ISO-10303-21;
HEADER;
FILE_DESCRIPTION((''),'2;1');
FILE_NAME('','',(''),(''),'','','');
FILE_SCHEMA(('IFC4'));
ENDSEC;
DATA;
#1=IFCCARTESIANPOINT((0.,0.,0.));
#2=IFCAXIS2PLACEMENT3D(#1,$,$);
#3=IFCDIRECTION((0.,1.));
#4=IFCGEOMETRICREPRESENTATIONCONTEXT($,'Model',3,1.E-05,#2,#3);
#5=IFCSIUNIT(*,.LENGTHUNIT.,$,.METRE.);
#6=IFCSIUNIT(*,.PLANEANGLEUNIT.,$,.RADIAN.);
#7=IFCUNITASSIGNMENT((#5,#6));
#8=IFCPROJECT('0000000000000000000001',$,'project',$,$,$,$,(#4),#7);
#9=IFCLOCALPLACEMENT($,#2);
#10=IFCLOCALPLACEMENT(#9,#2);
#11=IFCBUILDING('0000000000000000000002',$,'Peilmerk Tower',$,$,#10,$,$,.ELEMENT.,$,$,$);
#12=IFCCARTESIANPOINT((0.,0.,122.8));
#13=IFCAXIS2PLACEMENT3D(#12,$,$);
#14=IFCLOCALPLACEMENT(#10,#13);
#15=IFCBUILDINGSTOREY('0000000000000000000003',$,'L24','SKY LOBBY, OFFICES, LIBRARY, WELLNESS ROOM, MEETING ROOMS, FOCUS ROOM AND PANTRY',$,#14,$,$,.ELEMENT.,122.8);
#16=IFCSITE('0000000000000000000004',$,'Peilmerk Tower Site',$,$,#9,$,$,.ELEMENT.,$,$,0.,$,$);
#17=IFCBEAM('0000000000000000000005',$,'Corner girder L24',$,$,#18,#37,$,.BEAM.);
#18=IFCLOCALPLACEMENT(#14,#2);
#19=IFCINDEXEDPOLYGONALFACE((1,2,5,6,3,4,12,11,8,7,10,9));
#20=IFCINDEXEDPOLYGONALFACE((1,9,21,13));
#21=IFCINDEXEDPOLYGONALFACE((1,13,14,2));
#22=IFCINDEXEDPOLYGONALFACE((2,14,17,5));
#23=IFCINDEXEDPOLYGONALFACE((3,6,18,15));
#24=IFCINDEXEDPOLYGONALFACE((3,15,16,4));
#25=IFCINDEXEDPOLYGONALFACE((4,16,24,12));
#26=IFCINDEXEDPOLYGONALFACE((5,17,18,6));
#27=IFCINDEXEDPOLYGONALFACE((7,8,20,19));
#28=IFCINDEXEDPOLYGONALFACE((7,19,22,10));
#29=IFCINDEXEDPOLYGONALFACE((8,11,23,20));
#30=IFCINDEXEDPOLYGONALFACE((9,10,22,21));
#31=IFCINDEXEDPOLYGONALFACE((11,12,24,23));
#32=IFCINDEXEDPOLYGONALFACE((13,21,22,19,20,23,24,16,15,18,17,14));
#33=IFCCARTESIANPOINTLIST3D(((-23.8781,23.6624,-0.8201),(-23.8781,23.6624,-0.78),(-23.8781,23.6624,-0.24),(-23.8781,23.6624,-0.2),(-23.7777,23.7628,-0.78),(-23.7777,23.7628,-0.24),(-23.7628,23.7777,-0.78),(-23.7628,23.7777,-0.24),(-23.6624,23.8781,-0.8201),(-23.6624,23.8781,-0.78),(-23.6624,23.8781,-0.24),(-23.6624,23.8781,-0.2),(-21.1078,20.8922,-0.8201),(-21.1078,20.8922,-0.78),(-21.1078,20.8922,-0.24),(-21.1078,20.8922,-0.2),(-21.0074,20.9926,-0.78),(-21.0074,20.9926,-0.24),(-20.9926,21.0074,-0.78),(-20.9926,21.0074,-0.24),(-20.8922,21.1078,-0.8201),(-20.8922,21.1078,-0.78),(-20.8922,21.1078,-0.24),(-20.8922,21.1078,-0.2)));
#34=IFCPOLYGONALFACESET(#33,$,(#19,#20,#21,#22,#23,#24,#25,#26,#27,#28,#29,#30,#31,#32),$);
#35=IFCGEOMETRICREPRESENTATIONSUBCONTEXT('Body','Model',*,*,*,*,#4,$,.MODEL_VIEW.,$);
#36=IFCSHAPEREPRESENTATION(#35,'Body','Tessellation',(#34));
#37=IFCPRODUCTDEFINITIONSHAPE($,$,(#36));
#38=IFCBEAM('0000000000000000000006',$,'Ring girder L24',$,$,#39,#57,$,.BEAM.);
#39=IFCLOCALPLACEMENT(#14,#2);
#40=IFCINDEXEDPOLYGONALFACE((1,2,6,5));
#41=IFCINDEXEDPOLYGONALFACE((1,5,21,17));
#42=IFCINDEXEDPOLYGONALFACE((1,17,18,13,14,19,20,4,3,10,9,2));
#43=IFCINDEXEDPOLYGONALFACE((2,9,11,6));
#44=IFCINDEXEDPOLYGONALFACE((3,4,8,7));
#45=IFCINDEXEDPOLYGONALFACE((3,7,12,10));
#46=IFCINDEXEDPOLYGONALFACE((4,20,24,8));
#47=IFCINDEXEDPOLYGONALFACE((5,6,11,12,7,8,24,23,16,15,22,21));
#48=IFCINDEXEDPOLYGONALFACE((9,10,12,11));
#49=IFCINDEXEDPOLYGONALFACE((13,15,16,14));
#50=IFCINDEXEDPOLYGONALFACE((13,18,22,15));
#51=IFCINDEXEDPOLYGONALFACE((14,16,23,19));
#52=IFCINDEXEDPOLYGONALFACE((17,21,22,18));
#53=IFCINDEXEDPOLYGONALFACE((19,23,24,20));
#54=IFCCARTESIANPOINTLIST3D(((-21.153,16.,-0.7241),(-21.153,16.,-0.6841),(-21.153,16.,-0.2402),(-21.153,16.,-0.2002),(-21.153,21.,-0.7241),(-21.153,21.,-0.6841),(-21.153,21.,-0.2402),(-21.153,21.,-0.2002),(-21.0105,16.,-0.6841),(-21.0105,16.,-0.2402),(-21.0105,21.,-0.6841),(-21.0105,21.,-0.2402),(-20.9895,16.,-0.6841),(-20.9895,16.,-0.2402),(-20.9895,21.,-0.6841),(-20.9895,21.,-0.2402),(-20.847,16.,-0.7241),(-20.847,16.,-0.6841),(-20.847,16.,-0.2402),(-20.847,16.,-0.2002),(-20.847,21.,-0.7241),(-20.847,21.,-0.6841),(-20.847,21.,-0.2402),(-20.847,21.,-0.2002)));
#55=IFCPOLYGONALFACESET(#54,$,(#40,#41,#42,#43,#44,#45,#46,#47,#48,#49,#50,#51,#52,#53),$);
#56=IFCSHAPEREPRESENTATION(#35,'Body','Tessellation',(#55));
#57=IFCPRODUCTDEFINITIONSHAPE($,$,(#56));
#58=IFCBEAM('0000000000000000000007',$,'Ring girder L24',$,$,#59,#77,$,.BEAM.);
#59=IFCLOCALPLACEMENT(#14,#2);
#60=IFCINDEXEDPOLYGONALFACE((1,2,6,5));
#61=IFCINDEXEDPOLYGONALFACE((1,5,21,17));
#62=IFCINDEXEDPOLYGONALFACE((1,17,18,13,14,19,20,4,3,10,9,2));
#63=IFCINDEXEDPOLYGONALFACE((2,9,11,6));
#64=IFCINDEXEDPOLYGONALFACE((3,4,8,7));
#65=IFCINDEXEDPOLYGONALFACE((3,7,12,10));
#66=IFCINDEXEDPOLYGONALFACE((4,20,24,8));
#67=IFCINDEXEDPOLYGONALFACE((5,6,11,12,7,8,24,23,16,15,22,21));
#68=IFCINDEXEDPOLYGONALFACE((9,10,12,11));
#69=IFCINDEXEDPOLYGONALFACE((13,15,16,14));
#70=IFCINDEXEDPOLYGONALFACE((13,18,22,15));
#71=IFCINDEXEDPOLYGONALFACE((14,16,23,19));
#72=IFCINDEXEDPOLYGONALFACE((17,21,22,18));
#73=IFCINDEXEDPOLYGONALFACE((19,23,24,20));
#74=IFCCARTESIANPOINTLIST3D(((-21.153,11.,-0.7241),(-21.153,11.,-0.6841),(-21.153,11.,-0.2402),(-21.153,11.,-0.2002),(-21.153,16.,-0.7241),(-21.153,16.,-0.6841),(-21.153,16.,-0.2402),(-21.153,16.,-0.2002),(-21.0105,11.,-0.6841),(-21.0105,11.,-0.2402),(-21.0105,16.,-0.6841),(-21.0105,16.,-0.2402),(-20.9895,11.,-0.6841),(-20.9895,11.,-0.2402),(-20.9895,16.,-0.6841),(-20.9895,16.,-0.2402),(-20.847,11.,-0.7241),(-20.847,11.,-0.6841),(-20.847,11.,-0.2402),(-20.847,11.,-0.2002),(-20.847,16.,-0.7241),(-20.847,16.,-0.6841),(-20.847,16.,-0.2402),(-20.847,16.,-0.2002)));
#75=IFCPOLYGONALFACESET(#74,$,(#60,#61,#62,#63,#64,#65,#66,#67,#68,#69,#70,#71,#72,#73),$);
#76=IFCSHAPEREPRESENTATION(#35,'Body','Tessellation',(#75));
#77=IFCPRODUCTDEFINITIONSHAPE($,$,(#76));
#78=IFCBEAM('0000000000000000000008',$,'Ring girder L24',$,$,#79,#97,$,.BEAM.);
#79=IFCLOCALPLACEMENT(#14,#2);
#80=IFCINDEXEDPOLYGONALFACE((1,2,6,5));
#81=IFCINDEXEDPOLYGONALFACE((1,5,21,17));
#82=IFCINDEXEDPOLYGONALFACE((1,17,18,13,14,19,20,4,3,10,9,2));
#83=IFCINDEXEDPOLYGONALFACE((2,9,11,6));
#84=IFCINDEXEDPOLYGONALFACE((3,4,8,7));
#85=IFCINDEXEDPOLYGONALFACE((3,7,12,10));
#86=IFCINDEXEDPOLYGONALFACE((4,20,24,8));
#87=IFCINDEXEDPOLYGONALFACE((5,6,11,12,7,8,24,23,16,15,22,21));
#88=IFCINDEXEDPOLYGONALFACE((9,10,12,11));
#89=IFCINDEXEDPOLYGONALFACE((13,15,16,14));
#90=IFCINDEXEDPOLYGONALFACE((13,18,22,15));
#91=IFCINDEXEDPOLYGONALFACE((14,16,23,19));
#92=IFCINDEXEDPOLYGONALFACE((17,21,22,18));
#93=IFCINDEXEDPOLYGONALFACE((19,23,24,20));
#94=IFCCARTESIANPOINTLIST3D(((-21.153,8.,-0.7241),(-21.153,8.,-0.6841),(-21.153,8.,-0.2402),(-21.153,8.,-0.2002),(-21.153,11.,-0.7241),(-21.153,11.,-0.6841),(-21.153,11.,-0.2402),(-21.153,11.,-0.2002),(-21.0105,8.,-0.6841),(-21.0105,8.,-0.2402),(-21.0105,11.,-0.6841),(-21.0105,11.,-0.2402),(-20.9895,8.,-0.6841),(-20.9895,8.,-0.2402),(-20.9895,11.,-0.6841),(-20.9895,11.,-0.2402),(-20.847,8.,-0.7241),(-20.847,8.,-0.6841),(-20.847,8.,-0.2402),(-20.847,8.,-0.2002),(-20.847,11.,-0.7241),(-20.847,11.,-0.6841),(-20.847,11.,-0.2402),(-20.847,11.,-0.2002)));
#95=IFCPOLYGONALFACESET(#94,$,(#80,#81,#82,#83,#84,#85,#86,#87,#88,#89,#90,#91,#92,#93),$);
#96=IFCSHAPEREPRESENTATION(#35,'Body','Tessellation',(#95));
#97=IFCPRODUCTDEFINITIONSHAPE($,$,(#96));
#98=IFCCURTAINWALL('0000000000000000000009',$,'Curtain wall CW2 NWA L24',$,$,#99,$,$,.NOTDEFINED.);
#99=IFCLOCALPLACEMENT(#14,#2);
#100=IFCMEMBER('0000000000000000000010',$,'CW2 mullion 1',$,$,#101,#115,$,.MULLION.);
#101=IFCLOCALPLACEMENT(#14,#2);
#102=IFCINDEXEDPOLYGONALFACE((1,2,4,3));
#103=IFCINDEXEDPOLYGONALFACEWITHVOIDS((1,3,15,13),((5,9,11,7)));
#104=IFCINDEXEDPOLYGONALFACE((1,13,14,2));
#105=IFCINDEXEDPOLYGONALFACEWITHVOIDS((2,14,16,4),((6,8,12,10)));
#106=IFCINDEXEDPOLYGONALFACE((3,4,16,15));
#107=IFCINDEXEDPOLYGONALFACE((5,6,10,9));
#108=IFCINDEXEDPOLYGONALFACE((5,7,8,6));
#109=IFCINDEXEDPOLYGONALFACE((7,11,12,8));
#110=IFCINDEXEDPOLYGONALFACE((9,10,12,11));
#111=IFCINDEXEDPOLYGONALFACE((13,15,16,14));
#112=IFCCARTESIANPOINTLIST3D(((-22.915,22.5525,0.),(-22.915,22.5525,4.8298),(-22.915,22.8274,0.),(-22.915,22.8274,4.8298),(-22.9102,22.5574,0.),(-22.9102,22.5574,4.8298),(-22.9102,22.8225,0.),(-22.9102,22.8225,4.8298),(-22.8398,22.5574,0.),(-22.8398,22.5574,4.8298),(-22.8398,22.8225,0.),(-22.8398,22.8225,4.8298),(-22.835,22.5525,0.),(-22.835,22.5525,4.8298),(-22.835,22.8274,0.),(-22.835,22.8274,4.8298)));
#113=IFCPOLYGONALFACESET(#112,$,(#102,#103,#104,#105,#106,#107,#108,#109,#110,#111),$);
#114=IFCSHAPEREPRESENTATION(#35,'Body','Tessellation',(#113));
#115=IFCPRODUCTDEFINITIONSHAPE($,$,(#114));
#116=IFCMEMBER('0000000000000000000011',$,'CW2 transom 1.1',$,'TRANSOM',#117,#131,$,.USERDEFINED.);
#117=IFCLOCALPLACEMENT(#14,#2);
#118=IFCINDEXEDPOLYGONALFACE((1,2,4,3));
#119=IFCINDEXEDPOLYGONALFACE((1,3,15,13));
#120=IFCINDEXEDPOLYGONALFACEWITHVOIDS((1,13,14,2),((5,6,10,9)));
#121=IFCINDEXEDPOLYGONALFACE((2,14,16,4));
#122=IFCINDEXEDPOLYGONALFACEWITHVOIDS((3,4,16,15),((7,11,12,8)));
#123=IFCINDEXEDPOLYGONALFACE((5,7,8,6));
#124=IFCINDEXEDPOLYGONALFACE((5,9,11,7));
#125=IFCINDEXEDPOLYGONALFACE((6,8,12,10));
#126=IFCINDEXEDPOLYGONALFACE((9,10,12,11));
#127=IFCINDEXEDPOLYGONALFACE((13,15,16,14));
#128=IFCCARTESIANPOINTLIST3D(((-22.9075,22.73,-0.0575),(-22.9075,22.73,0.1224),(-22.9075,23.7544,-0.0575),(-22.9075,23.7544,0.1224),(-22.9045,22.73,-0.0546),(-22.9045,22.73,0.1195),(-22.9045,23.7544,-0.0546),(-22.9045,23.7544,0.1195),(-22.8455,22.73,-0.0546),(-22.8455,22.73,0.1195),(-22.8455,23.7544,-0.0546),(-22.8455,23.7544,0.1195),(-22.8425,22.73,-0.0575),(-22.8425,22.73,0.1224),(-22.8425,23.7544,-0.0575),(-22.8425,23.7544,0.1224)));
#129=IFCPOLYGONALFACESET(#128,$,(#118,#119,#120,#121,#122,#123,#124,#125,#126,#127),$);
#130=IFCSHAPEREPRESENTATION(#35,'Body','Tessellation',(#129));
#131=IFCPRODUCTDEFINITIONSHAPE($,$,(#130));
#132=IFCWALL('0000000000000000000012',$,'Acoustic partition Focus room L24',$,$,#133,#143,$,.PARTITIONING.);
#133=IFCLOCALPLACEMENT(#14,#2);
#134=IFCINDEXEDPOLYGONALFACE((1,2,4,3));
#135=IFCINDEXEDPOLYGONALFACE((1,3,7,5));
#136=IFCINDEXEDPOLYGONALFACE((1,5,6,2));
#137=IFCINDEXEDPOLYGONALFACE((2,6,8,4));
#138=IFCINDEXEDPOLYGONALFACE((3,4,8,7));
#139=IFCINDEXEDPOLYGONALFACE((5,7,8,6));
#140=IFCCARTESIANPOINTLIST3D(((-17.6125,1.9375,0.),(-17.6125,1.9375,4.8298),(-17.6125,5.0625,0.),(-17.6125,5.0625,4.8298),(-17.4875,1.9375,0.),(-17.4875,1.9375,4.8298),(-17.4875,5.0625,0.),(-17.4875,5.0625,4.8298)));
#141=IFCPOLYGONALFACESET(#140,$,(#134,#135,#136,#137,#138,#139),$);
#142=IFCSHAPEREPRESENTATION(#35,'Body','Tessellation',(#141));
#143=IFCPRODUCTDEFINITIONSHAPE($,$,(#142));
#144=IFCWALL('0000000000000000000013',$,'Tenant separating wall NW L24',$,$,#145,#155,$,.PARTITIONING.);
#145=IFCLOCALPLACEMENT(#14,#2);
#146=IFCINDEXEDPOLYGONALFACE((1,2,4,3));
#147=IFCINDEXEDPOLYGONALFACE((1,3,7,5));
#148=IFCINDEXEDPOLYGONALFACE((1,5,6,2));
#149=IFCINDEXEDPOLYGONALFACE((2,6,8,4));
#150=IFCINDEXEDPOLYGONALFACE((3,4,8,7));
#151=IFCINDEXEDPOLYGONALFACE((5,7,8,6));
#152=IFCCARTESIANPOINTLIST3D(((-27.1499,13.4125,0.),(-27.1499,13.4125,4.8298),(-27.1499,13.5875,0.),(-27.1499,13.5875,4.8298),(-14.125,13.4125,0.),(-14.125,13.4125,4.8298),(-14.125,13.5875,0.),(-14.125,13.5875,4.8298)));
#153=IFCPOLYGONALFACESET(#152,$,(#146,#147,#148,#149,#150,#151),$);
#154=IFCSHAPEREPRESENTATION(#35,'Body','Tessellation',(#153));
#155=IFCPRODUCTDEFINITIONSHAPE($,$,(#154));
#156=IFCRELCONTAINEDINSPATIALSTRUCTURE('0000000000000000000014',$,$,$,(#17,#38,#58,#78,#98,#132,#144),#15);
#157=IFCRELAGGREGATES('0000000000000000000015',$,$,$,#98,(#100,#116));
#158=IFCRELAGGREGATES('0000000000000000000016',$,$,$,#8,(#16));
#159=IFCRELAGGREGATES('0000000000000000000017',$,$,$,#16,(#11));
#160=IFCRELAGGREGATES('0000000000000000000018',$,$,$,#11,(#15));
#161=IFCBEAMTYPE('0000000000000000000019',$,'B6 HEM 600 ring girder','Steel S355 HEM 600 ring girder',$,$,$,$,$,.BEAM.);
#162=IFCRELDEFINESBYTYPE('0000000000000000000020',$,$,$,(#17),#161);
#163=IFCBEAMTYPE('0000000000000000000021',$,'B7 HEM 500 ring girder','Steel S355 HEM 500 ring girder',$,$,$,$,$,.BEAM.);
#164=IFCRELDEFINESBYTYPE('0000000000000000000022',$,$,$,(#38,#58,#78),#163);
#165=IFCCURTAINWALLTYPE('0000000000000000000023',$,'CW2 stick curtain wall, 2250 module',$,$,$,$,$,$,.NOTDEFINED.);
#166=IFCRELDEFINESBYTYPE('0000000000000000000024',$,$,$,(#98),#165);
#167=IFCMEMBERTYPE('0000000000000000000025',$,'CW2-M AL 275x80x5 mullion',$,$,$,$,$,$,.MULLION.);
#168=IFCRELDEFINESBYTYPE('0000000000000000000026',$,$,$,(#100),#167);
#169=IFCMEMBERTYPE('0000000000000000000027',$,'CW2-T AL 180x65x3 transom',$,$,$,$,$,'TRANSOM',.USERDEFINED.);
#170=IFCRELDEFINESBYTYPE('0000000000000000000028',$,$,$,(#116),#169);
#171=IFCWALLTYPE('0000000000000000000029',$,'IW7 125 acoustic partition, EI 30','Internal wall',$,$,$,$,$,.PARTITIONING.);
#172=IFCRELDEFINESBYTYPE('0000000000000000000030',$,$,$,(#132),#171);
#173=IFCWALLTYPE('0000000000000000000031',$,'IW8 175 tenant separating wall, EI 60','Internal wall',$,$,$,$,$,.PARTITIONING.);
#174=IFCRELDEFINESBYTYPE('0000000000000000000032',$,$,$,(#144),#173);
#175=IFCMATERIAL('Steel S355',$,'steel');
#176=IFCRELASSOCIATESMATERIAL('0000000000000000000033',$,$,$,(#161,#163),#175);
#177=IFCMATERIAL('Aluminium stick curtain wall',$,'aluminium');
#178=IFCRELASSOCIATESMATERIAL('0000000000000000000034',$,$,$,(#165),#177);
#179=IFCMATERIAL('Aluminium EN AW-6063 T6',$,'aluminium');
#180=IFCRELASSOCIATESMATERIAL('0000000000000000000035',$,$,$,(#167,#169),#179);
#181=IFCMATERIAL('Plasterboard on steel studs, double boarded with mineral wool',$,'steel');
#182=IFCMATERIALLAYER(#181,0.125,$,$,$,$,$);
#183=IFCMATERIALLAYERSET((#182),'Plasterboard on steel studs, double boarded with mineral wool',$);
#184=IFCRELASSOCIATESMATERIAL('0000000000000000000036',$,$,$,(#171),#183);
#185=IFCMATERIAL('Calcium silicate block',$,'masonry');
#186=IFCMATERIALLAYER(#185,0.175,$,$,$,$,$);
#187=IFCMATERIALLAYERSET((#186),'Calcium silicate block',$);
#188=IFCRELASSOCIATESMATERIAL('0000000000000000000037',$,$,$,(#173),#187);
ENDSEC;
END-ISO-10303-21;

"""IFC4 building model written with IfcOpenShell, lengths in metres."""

from ifc_helpers import new_model, si_unit, direction, frame, frame_2d, origin, origin_2d, place, context, subcontext, project, spatial, rectangle, hollow_rectangle, i_section, extrude, material, layer, layer_set, material_profile, profile_set, type_object, element, aggregate, save


model = new_model("IFC4")

# Units and contexts
model_context = context("Model", 3, precision=1e-05, world=origin(), true_north=direction((0.0, 1.0)))
body_context = subcontext(model_context, "Body", "Model", "MODEL_VIEW")
ifc_project = project(units=[si_unit("LENGTHUNIT", "METRE"), si_unit("PLANEANGLEUNIT", "RADIAN")], contexts=[model_context])

# Site, building, storey
site_placement = place(None, origin())
site = spatial("IfcSite", under=ifc_project, at=site_placement, Name="Peilmerk Tower Site", CompositionType="ELEMENT", RefElevation=0.0)
building_placement = place(site_placement, origin())
building = spatial("IfcBuilding", under=site, at=building_placement, Name="Peilmerk Tower", CompositionType="ELEMENT")
storey_placement = place(building_placement, frame((0.0, 0.0, 122.8)))
storey = spatial("IfcBuildingStorey", under=building, at=storey_placement, Name="L24", Description="SKY LOBBY, OFFICES, LIBRARY, WELLNESS ROOM, MEETING ROOMS, FOCUS ROOM AND PANTRY", CompositionType="ELEMENT", Elevation=122.8)

# Beams
ifc_material_1 = material(Name="Steel S355", Category="steel")
ifc_material_profile_1 = material_profile(ifc_material_1, i_section(OverallWidth=0.3049, OverallDepth=0.6201, WebThickness=0.021, FlangeThickness=0.04, at=origin_2d()), Name="HEM 600")
ifc_profile_set_1 = profile_set([ifc_material_profile_1], Name="Steel S355")
beam_type_1 = type_object("IfcBeamType", Name="B6 HEM 600 ring girder", Description="Steel S355 HEM 600 ring girder", PredefinedType="BEAM", material=ifc_profile_set_1)
beam_1_placement = place(storey_placement, frame((-21.0, 21.0, -0.51), z_axis=(-0.707107, 0.707107, 0.0), x_axis=(-0.707107, -0.707107, 0.0)))
element("IfcBeam", 1, at=beam_1_placement, inside=storey, type_object=beam_type_1, Name="Corner girder L24", PredefinedType="BEAM", context=body_context, shape_type="SweptSolid", body=[
    extrude(i_section(OverallWidth=0.3049, OverallDepth=0.6201, WebThickness=0.021, FlangeThickness=0.04, at=origin_2d()), origin(), (0.0, 0.0, 1.0), 3.9177),
])
ifc_material_profile_2 = material_profile(ifc_material_1, i_section(OverallWidth=0.3059, OverallDepth=0.5239, WebThickness=0.021, FlangeThickness=0.04, at=origin_2d()), Name="HEM 500")
ifc_profile_set_2 = profile_set([ifc_material_profile_2], Name="Steel S355")
beam_type_2 = type_object("IfcBeamType", Name="B7 HEM 500 ring girder", Description="Steel S355 HEM 500 ring girder", PredefinedType="BEAM", material=ifc_profile_set_2)
for number, where, z_axis, x_axis, name in (
    (2, (-21.0, 21.0, -0.4622), (0.0, -1.0, 0.0), (1.0, 0.0, 0.0), "Ring girder L24"),
    (3, (-21.0, 16.0, -0.4622), (0.0, -1.0, 0.0), (1.0, 0.0, 0.0), "Ring girder L24"),
):
    element("IfcBeam", number, at=place(storey_placement, frame(where, z_axis=z_axis, x_axis=x_axis)), inside=storey, type_object=beam_type_2, Name=name, PredefinedType="BEAM", context=body_context, shape_type="SweptSolid", body=[
        extrude(i_section(OverallWidth=0.3059, OverallDepth=0.5239, WebThickness=0.021, FlangeThickness=0.04, at=origin_2d()), origin(), (0.0, 0.0, 1.0), 5.0),
    ])
beam_2_placement = place(storey_placement, frame((-21.0, 11.0, -0.4622), z_axis=(0.0, -1.0, 0.0), x_axis=(1.0, 0.0, 0.0)))
element("IfcBeam", 4, at=beam_2_placement, inside=storey, type_object=beam_type_2, Name="Ring girder L24", PredefinedType="BEAM", context=body_context, shape_type="SweptSolid", body=[
    extrude(i_section(OverallWidth=0.3059, OverallDepth=0.5239, WebThickness=0.021, FlangeThickness=0.04, at=origin_2d()), origin(), (0.0, 0.0, 1.0), 3.0),
])

# Curtain wall, members
ifc_material_2 = material(Name="Aluminium stick curtain wall", Category="aluminium")
curtain_wall_type = type_object("IfcCurtainWallType", Name="CW2 stick curtain wall, 2250 module", PredefinedType="NOTDEFINED", material=ifc_material_2)
curtain_wall_placement = place(storey_placement, origin())
curtain_wall = element("IfcCurtainWall", 5, at=curtain_wall_placement, inside=storey, type_object=curtain_wall_type, Name="Curtain wall CW2 NWA L24", PredefinedType="NOTDEFINED")
ifc_material_3 = material(Name="Aluminium EN AW-6063 T6", Category="aluminium")
ifc_material_profile_3 = material_profile(ifc_material_3, hollow_rectangle(XDim=0.0801, YDim=0.2749, WallThickness=0.0049, at=origin_2d()), Name="AL 275x80x5")
ifc_profile_set_3 = profile_set([ifc_material_profile_3], Name="Aluminium EN AW-6063 T6")
member_type_1 = type_object("IfcMemberType", Name="CW2-M AL 275x80x5 mullion", PredefinedType="MULLION", material=ifc_profile_set_3)
member_1_placement = place(storey_placement, frame((-22.875, 22.6899, 0.0), z_axis=(0.0, 0.0, 1.0), x_axis=(-1.0, 0.0, 0.0)))
member_1 = element("IfcMember", 6, at=member_1_placement, type_object=member_type_1, Name="CW2 mullion 1", PredefinedType="MULLION", context=body_context, shape_type="SweptSolid", body=[
    extrude(hollow_rectangle(XDim=0.0801, YDim=0.2749, WallThickness=0.0049, at=origin_2d()), origin(), (0.0, 0.0, 1.0), 4.8298),
])
ifc_material_profile_4 = material_profile(ifc_material_3, hollow_rectangle(XDim=0.0649, YDim=0.1799, WallThickness=0.0029, at=origin_2d()), Name="AL 180x65x3")
ifc_profile_set_4 = profile_set([ifc_material_profile_4], Name="Aluminium EN AW-6063 T6")
member_type_2 = type_object("IfcMemberType", Name="CW2-T AL 180x65x3 transom", ElementType="TRANSOM", PredefinedType="USERDEFINED", material=ifc_profile_set_4)
member_2_placement = place(storey_placement, frame((-22.875, 22.73, 0.0325), z_axis=(0.0, 1.0, 0.0), x_axis=(-1.0, 0.0, 0.0)))
member_2 = element("IfcMember", 7, at=member_2_placement, type_object=member_type_2, Name="CW2 transom 1.1", ObjectType="TRANSOM", PredefinedType="USERDEFINED", context=body_context, shape_type="SweptSolid", body=[
    extrude(hollow_rectangle(XDim=0.0649, YDim=0.1799, WallThickness=0.0029, at=origin_2d()), origin(), (0.0, 0.0, 1.0), 1.0244),
])
aggregate(curtain_wall, [member_1, member_2])

# Walls
ifc_material_4 = material(Name="Plasterboard on steel studs, double boarded with mineral wool", Category="steel")
ifc_layer_1 = layer(ifc_material_4, 0.125)
ifc_layer_set_1 = layer_set([ifc_layer_1], Name="Plasterboard on steel studs, double boarded with mineral wool")
wall_type_1 = type_object("IfcWallType", Name="IW7 125 acoustic partition, EI 30", Description="Internal wall", PredefinedType="PARTITIONING", material=ifc_layer_set_1)
wall_1_placement = place(storey_placement, frame((-17.55, 1.9375, 0.0), z_axis=(0.0, 0.0, 1.0), x_axis=(0.0, 1.0, 0.0)))
element("IfcWall", 8, at=wall_1_placement, inside=storey, type_object=wall_type_1, Name="Acoustic partition Focus room L24", PredefinedType="PARTITIONING", context=body_context, shape_type="SweptSolid", body=[
    extrude(rectangle(XDim=3.125, YDim=0.125, at=frame_2d((1.5625, 0.0))), origin(), (0.0, 0.0, 1.0), 4.8298),
])
ifc_material_5 = material(Name="Calcium silicate block", Category="masonry")
ifc_layer_2 = layer(ifc_material_5, 0.175)
ifc_layer_set_2 = layer_set([ifc_layer_2], Name="Calcium silicate block")
wall_type_2 = type_object("IfcWallType", Name="IW8 175 tenant separating wall, EI 60", Description="Internal wall", PredefinedType="PARTITIONING", material=ifc_layer_set_2)
wall_2_placement = place(storey_placement, frame((-27.1499, 13.5, 0.0), z_axis=(0.0, 0.0, 1.0), x_axis=(1.0, 0.0, 0.0)))
element("IfcWall", 9, at=wall_2_placement, inside=storey, type_object=wall_type_2, Name="Tenant separating wall NW L24", PredefinedType="PARTITIONING", context=body_context, shape_type="SweptSolid", body=[
    extrude(rectangle(XDim=13.0249, YDim=0.175, at=frame_2d((6.5125, 0.0))), origin(), (0.0, 0.0, 1.0), 4.8298),
])

save(model, "model.ifc")
